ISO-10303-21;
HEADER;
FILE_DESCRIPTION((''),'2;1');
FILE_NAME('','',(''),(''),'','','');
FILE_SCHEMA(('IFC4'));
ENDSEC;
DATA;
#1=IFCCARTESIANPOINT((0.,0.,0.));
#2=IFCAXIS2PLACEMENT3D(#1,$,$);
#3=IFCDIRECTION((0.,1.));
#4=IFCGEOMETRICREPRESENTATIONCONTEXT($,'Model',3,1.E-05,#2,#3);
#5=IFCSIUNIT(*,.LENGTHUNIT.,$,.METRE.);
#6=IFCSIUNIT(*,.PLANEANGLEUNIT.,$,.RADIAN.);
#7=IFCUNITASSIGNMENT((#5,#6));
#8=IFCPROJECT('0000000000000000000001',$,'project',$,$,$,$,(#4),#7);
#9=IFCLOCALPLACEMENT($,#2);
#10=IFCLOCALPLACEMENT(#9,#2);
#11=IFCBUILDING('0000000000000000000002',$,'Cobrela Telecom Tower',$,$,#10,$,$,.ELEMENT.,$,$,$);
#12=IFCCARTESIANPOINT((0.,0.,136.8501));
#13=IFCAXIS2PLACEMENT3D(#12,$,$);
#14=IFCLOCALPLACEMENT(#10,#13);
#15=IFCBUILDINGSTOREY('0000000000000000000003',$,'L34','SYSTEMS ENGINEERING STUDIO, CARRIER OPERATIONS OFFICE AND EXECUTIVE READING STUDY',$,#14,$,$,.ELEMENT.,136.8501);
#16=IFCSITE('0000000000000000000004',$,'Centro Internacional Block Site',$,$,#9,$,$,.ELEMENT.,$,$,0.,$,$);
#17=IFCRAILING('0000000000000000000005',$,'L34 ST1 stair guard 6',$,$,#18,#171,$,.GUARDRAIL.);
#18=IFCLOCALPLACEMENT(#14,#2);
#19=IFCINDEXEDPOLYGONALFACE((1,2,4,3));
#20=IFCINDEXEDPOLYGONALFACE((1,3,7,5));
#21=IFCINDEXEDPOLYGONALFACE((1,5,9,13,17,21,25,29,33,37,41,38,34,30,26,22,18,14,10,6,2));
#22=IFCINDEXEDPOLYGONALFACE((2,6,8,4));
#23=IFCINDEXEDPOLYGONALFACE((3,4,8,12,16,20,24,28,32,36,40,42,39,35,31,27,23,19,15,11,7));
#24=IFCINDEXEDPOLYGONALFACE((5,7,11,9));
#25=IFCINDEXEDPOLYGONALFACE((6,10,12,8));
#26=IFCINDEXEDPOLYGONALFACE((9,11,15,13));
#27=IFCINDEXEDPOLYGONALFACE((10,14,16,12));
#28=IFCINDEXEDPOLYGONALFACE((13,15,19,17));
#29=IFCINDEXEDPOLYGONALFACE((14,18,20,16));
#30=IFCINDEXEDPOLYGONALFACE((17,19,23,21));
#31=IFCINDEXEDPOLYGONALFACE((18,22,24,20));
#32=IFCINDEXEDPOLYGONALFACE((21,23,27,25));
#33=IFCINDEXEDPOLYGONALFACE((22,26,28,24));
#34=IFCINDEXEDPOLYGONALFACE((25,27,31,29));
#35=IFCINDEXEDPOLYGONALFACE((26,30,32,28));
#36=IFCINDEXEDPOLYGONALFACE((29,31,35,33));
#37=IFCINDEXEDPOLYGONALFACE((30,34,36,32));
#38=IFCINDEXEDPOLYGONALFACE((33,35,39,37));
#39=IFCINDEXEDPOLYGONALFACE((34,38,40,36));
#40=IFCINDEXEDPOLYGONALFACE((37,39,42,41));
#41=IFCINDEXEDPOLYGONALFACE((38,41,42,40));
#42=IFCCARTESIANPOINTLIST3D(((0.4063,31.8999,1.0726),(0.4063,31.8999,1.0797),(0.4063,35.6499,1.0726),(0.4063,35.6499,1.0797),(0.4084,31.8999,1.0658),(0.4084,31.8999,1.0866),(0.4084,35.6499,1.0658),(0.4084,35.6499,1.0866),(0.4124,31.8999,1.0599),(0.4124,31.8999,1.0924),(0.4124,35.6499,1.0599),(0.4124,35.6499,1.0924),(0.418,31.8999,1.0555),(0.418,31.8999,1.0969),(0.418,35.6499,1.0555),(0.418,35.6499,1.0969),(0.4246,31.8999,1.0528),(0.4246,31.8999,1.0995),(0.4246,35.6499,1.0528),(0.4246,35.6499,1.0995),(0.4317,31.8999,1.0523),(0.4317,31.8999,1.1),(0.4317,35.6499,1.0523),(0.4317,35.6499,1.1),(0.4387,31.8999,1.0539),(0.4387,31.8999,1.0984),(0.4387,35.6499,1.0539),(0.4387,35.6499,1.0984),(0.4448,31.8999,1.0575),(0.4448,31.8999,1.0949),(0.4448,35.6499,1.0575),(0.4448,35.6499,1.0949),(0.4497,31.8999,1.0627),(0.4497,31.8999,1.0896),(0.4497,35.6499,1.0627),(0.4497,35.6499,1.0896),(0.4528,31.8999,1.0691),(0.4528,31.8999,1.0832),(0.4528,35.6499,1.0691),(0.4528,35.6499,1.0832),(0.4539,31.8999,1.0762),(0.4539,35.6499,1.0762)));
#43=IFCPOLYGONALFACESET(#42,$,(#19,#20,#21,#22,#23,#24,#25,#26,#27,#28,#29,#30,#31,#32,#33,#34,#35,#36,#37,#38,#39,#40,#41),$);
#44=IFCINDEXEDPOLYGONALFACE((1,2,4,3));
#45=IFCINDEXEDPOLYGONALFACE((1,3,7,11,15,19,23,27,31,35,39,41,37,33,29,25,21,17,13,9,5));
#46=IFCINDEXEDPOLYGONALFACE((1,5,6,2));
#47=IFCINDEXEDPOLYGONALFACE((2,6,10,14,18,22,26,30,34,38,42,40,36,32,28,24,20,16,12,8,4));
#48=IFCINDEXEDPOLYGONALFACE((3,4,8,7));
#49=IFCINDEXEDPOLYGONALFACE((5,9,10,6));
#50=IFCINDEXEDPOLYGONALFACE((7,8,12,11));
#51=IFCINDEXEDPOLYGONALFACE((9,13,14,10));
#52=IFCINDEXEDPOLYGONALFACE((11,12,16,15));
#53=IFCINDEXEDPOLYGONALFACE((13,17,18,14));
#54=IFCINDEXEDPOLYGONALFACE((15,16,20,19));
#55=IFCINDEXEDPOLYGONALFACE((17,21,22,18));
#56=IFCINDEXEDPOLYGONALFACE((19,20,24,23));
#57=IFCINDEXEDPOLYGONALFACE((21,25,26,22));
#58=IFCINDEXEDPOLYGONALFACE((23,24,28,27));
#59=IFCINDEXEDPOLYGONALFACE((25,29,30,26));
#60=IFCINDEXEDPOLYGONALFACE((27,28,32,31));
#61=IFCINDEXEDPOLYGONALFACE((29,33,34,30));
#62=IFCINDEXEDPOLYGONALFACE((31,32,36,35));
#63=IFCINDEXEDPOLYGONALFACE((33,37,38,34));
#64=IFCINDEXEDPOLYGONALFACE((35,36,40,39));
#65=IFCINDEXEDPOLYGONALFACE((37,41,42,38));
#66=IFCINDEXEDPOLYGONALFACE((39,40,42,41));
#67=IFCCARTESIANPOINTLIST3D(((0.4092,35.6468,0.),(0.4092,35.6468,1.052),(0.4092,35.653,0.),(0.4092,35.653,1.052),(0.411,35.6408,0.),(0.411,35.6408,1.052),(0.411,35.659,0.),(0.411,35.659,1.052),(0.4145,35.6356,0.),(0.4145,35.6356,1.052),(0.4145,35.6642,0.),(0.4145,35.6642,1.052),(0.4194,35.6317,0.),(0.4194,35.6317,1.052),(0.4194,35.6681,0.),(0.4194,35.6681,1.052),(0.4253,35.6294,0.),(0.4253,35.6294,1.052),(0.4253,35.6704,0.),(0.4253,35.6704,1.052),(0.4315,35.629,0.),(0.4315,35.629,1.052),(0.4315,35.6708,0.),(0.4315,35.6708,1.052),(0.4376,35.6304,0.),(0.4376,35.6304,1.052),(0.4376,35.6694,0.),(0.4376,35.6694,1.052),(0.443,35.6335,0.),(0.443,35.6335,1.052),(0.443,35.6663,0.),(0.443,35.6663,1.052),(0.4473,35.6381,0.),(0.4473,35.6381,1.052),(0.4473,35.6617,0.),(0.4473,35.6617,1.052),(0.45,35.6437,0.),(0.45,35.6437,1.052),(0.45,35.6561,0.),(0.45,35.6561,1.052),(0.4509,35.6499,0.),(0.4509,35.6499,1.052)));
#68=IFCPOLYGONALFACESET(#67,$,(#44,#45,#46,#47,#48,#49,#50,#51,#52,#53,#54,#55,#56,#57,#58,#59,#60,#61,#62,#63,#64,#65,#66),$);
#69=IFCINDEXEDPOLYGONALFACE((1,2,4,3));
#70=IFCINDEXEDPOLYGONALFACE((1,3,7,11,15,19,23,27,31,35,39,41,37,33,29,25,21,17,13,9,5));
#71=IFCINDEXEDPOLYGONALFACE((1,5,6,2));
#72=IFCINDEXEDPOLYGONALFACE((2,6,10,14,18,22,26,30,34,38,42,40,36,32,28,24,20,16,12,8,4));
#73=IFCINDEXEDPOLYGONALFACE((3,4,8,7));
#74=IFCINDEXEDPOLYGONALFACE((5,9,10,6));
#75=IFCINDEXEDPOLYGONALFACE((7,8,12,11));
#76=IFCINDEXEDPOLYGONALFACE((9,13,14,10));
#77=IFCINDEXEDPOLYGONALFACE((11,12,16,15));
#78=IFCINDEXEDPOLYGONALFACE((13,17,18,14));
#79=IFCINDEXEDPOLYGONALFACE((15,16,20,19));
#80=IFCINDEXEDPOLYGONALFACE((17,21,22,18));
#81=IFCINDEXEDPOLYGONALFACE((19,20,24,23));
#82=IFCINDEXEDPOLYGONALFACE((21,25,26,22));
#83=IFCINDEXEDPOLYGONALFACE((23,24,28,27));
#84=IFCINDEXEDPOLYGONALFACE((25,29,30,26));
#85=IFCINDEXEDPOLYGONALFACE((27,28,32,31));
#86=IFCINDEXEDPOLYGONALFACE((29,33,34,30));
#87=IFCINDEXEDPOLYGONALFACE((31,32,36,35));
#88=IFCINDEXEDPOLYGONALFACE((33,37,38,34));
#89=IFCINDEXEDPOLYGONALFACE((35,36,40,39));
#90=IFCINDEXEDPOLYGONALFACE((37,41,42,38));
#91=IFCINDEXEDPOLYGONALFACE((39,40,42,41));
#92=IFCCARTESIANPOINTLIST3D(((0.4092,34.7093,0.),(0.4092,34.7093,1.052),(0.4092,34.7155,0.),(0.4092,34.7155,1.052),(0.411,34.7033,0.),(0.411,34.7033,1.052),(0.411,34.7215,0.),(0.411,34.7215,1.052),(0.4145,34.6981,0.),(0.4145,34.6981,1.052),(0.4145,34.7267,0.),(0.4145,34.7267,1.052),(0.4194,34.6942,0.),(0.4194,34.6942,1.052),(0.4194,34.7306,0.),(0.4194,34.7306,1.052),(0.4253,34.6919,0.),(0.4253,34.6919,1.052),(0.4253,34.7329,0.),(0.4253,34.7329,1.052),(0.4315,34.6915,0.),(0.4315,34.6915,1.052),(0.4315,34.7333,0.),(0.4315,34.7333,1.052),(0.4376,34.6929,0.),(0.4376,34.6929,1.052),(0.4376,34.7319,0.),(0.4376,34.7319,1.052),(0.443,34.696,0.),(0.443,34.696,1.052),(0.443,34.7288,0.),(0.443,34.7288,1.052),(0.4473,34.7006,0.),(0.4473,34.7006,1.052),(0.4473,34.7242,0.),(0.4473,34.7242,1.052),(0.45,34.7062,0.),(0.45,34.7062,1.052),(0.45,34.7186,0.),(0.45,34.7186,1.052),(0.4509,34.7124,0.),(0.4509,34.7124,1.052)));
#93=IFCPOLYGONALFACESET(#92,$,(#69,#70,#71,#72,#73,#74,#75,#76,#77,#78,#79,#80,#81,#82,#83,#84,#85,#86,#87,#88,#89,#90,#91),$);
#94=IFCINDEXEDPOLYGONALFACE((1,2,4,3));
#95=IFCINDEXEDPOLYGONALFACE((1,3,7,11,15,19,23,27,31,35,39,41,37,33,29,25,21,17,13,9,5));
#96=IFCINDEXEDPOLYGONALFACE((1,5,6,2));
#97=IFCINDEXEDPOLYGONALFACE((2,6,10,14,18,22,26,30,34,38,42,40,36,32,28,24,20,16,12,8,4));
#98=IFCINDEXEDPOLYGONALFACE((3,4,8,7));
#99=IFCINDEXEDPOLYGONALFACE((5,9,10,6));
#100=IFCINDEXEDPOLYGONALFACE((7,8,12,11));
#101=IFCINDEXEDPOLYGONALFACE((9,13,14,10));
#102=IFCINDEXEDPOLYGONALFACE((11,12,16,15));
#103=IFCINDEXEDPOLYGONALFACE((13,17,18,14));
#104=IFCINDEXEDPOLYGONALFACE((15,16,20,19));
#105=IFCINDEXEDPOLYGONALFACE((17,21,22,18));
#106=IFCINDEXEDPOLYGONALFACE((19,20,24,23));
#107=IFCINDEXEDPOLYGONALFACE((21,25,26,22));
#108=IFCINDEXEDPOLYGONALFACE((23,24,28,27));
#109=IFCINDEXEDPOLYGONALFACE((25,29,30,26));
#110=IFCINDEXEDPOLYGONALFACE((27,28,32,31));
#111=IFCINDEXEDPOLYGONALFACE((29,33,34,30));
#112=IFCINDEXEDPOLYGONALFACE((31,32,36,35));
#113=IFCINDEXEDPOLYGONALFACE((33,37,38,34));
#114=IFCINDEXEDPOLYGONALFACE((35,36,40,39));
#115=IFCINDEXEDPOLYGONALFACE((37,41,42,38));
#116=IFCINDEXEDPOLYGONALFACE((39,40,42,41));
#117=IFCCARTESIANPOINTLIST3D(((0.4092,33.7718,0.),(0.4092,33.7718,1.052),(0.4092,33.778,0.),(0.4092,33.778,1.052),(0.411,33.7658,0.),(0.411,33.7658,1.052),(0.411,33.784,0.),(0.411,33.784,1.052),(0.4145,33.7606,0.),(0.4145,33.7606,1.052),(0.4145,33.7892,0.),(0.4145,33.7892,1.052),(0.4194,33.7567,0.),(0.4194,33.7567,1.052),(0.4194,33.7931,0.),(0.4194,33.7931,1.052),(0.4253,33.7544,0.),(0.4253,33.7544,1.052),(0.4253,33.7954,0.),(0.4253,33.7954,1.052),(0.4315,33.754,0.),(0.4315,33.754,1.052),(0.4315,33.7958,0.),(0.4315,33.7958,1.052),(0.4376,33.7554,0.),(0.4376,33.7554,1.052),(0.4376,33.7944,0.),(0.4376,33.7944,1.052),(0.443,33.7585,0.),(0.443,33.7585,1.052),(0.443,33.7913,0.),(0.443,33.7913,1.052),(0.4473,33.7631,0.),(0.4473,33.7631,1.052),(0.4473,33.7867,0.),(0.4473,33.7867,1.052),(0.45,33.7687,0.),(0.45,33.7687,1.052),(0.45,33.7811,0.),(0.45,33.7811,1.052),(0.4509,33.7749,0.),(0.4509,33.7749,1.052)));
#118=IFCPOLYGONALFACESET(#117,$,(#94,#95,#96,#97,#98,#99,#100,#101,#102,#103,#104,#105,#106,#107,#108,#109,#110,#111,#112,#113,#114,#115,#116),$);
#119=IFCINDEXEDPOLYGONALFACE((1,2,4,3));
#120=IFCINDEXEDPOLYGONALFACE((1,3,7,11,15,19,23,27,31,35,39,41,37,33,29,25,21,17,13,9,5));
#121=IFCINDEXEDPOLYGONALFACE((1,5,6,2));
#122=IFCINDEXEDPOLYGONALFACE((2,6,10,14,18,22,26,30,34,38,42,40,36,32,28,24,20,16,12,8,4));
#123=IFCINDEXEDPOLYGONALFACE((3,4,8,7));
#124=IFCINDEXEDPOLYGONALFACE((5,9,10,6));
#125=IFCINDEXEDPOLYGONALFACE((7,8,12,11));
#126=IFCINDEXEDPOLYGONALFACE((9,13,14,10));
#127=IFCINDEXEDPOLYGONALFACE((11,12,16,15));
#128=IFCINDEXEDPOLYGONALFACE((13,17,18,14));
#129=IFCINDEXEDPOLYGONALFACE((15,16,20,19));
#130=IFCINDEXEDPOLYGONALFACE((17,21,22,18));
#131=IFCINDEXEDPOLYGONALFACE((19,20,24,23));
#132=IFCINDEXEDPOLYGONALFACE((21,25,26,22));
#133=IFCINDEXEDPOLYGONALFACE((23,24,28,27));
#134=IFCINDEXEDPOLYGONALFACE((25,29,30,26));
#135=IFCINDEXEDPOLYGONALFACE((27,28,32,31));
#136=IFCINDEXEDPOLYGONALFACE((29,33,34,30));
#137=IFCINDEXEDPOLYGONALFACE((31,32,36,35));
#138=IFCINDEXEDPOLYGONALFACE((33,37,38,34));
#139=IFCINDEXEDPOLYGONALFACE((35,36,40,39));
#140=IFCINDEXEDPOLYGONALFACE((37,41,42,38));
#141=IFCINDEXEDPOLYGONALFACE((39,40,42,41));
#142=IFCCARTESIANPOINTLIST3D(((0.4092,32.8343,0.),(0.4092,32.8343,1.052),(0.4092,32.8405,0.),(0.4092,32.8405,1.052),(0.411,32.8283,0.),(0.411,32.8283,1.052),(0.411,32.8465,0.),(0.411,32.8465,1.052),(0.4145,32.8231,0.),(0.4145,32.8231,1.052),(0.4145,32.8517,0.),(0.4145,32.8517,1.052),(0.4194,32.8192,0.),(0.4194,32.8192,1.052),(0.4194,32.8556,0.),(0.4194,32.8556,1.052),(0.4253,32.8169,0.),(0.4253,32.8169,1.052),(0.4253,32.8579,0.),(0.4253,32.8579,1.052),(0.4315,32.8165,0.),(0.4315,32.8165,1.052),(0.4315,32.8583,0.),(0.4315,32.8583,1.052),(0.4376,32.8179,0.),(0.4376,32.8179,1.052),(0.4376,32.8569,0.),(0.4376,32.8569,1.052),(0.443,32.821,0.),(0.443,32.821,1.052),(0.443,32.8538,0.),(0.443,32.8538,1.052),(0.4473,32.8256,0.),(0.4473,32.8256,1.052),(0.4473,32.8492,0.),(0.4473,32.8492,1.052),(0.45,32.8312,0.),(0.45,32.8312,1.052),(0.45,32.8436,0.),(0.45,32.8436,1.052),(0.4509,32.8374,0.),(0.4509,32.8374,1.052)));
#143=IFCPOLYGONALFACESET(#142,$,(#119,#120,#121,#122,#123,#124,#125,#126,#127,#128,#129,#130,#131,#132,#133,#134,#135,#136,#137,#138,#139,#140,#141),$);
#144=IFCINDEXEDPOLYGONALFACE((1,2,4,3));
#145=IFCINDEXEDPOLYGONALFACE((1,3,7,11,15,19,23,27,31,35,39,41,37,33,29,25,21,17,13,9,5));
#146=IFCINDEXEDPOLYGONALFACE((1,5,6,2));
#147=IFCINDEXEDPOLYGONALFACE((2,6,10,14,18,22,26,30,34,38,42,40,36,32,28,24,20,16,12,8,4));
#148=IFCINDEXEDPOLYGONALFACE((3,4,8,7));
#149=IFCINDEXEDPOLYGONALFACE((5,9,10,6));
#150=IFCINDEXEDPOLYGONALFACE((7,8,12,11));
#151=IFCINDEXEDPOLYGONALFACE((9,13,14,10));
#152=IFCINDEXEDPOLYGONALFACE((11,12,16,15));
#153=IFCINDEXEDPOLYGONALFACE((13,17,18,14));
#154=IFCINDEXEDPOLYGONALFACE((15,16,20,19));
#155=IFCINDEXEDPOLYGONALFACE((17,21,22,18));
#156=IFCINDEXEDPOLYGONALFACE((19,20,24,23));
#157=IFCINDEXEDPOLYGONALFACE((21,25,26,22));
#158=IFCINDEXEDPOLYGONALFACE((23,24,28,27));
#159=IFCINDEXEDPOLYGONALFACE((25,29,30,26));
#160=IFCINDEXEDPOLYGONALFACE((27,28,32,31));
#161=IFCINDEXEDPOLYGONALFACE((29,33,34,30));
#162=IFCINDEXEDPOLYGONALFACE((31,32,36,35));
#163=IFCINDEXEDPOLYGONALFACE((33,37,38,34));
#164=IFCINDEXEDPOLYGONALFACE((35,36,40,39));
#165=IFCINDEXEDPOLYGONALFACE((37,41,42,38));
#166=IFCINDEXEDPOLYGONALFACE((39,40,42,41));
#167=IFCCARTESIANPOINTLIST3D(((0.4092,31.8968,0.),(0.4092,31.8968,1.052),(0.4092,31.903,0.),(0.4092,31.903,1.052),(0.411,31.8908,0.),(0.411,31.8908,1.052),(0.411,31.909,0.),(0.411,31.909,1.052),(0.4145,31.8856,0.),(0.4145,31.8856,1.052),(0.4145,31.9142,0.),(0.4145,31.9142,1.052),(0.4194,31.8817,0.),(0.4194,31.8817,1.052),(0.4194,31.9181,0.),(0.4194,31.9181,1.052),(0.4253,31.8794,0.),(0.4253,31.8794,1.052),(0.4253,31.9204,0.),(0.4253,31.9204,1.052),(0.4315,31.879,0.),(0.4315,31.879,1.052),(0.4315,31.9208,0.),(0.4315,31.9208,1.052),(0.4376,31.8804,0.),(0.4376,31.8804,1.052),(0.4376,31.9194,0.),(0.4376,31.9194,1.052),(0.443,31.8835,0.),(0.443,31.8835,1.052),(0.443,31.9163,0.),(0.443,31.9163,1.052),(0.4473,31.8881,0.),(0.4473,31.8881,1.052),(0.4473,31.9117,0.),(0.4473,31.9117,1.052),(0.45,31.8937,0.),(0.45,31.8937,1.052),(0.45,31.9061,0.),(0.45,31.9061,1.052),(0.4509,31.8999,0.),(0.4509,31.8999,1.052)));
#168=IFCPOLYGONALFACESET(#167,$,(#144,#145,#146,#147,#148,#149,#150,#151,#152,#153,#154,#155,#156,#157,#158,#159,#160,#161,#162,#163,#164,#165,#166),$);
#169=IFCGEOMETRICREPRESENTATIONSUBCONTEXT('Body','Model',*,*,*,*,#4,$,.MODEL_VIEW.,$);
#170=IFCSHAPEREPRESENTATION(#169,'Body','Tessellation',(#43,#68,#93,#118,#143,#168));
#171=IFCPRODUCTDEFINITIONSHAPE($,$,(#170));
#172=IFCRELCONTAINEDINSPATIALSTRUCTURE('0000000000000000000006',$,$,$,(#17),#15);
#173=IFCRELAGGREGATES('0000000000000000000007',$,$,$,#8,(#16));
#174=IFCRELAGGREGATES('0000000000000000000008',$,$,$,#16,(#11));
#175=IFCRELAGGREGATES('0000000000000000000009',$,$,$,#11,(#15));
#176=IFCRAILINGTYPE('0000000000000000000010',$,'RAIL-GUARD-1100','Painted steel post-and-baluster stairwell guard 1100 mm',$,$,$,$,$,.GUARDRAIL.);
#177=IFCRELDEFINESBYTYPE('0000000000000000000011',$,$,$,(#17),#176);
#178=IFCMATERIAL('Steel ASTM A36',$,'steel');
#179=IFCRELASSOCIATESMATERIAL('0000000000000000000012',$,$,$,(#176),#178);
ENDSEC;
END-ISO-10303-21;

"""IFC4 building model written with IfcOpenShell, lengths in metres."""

from ifc_helpers import new_model, si_unit, direction, frame, origin, origin_2d, place, context, subcontext, project, spatial, circle, extrude, material, type_object, element, save


model = new_model("IFC4")

# Units and contexts
model_context = context("Model", 3, precision=1e-05, world=origin(), true_north=direction((0.0, 1.0)))
body_context = subcontext(model_context, "Body", "Model", "MODEL_VIEW")
ifc_project = project(units=[si_unit("LENGTHUNIT", "METRE"), si_unit("PLANEANGLEUNIT", "RADIAN")], contexts=[model_context])

# Site, building, storey
site_placement = place(None, origin())
site = spatial("IfcSite", under=ifc_project, at=site_placement, Name="Centro Internacional Block Site", CompositionType="ELEMENT", RefElevation=0.0)
building_placement = place(site_placement, origin())
building = spatial("IfcBuilding", under=site, at=building_placement, Name="Cobrela Telecom Tower", CompositionType="ELEMENT")
storey_placement = place(building_placement, frame((0.0, 0.0, 136.8501)))
storey = spatial("IfcBuildingStorey", under=building, at=storey_placement, Name="L34", Description="SYSTEMS ENGINEERING STUDIO, CARRIER OPERATIONS OFFICE AND EXECUTIVE READING STUDY", CompositionType="ELEMENT", Elevation=136.8501)

# Shared definitions
ifc_material_1 = material(Name="Steel ASTM A36", Category="steel")

# Railing
railing_type_1 = type_object("IfcRailingType", Name="RAIL-GUARD-1100", Description="Painted steel post-and-baluster stairwell guard 1100 mm", PredefinedType="GUARDRAIL", material=ifc_material_1)
railing_1_placement = place(storey_placement, frame((0.4299, 35.6499, 0.0)))
element("IfcRailing", 1, at=railing_1_placement, inside=storey, type_object=railing_type_1, Name="L34 ST1 stair guard 6", PredefinedType="GUARDRAIL", context=body_context, shape_type="SweptSolid", body=[
    extrude(circle(Radius=0.0239, at=origin_2d()), frame((0.0, 0.0, 1.0762), z_axis=(0.0, -1.0, 0.0), x_axis=(1.0, 0.0, 0.0)), (0.0, 0.0, 1.0), 3.75),
    extrude(circle(Radius=0.021, at=origin_2d()), origin(), (0.0, 0.0, 1.0), 1.052),
    extrude(circle(Radius=0.021, at=origin_2d()), frame((0.0, -0.9375, 0.0)), (0.0, 0.0, 1.0), 1.052),
    extrude(circle(Radius=0.021, at=origin_2d()), frame((0.0, -1.875, 0.0)), (0.0, 0.0, 1.0), 1.052),
    extrude(circle(Radius=0.021, at=origin_2d()), frame((0.0, -2.8125, 0.0)), (0.0, 0.0, 1.0), 1.052),
    extrude(circle(Radius=0.021, at=origin_2d()), frame((0.0, -3.75, 0.0)), (0.0, 0.0, 1.0), 1.052),
])

save(model, "model.ifc")
